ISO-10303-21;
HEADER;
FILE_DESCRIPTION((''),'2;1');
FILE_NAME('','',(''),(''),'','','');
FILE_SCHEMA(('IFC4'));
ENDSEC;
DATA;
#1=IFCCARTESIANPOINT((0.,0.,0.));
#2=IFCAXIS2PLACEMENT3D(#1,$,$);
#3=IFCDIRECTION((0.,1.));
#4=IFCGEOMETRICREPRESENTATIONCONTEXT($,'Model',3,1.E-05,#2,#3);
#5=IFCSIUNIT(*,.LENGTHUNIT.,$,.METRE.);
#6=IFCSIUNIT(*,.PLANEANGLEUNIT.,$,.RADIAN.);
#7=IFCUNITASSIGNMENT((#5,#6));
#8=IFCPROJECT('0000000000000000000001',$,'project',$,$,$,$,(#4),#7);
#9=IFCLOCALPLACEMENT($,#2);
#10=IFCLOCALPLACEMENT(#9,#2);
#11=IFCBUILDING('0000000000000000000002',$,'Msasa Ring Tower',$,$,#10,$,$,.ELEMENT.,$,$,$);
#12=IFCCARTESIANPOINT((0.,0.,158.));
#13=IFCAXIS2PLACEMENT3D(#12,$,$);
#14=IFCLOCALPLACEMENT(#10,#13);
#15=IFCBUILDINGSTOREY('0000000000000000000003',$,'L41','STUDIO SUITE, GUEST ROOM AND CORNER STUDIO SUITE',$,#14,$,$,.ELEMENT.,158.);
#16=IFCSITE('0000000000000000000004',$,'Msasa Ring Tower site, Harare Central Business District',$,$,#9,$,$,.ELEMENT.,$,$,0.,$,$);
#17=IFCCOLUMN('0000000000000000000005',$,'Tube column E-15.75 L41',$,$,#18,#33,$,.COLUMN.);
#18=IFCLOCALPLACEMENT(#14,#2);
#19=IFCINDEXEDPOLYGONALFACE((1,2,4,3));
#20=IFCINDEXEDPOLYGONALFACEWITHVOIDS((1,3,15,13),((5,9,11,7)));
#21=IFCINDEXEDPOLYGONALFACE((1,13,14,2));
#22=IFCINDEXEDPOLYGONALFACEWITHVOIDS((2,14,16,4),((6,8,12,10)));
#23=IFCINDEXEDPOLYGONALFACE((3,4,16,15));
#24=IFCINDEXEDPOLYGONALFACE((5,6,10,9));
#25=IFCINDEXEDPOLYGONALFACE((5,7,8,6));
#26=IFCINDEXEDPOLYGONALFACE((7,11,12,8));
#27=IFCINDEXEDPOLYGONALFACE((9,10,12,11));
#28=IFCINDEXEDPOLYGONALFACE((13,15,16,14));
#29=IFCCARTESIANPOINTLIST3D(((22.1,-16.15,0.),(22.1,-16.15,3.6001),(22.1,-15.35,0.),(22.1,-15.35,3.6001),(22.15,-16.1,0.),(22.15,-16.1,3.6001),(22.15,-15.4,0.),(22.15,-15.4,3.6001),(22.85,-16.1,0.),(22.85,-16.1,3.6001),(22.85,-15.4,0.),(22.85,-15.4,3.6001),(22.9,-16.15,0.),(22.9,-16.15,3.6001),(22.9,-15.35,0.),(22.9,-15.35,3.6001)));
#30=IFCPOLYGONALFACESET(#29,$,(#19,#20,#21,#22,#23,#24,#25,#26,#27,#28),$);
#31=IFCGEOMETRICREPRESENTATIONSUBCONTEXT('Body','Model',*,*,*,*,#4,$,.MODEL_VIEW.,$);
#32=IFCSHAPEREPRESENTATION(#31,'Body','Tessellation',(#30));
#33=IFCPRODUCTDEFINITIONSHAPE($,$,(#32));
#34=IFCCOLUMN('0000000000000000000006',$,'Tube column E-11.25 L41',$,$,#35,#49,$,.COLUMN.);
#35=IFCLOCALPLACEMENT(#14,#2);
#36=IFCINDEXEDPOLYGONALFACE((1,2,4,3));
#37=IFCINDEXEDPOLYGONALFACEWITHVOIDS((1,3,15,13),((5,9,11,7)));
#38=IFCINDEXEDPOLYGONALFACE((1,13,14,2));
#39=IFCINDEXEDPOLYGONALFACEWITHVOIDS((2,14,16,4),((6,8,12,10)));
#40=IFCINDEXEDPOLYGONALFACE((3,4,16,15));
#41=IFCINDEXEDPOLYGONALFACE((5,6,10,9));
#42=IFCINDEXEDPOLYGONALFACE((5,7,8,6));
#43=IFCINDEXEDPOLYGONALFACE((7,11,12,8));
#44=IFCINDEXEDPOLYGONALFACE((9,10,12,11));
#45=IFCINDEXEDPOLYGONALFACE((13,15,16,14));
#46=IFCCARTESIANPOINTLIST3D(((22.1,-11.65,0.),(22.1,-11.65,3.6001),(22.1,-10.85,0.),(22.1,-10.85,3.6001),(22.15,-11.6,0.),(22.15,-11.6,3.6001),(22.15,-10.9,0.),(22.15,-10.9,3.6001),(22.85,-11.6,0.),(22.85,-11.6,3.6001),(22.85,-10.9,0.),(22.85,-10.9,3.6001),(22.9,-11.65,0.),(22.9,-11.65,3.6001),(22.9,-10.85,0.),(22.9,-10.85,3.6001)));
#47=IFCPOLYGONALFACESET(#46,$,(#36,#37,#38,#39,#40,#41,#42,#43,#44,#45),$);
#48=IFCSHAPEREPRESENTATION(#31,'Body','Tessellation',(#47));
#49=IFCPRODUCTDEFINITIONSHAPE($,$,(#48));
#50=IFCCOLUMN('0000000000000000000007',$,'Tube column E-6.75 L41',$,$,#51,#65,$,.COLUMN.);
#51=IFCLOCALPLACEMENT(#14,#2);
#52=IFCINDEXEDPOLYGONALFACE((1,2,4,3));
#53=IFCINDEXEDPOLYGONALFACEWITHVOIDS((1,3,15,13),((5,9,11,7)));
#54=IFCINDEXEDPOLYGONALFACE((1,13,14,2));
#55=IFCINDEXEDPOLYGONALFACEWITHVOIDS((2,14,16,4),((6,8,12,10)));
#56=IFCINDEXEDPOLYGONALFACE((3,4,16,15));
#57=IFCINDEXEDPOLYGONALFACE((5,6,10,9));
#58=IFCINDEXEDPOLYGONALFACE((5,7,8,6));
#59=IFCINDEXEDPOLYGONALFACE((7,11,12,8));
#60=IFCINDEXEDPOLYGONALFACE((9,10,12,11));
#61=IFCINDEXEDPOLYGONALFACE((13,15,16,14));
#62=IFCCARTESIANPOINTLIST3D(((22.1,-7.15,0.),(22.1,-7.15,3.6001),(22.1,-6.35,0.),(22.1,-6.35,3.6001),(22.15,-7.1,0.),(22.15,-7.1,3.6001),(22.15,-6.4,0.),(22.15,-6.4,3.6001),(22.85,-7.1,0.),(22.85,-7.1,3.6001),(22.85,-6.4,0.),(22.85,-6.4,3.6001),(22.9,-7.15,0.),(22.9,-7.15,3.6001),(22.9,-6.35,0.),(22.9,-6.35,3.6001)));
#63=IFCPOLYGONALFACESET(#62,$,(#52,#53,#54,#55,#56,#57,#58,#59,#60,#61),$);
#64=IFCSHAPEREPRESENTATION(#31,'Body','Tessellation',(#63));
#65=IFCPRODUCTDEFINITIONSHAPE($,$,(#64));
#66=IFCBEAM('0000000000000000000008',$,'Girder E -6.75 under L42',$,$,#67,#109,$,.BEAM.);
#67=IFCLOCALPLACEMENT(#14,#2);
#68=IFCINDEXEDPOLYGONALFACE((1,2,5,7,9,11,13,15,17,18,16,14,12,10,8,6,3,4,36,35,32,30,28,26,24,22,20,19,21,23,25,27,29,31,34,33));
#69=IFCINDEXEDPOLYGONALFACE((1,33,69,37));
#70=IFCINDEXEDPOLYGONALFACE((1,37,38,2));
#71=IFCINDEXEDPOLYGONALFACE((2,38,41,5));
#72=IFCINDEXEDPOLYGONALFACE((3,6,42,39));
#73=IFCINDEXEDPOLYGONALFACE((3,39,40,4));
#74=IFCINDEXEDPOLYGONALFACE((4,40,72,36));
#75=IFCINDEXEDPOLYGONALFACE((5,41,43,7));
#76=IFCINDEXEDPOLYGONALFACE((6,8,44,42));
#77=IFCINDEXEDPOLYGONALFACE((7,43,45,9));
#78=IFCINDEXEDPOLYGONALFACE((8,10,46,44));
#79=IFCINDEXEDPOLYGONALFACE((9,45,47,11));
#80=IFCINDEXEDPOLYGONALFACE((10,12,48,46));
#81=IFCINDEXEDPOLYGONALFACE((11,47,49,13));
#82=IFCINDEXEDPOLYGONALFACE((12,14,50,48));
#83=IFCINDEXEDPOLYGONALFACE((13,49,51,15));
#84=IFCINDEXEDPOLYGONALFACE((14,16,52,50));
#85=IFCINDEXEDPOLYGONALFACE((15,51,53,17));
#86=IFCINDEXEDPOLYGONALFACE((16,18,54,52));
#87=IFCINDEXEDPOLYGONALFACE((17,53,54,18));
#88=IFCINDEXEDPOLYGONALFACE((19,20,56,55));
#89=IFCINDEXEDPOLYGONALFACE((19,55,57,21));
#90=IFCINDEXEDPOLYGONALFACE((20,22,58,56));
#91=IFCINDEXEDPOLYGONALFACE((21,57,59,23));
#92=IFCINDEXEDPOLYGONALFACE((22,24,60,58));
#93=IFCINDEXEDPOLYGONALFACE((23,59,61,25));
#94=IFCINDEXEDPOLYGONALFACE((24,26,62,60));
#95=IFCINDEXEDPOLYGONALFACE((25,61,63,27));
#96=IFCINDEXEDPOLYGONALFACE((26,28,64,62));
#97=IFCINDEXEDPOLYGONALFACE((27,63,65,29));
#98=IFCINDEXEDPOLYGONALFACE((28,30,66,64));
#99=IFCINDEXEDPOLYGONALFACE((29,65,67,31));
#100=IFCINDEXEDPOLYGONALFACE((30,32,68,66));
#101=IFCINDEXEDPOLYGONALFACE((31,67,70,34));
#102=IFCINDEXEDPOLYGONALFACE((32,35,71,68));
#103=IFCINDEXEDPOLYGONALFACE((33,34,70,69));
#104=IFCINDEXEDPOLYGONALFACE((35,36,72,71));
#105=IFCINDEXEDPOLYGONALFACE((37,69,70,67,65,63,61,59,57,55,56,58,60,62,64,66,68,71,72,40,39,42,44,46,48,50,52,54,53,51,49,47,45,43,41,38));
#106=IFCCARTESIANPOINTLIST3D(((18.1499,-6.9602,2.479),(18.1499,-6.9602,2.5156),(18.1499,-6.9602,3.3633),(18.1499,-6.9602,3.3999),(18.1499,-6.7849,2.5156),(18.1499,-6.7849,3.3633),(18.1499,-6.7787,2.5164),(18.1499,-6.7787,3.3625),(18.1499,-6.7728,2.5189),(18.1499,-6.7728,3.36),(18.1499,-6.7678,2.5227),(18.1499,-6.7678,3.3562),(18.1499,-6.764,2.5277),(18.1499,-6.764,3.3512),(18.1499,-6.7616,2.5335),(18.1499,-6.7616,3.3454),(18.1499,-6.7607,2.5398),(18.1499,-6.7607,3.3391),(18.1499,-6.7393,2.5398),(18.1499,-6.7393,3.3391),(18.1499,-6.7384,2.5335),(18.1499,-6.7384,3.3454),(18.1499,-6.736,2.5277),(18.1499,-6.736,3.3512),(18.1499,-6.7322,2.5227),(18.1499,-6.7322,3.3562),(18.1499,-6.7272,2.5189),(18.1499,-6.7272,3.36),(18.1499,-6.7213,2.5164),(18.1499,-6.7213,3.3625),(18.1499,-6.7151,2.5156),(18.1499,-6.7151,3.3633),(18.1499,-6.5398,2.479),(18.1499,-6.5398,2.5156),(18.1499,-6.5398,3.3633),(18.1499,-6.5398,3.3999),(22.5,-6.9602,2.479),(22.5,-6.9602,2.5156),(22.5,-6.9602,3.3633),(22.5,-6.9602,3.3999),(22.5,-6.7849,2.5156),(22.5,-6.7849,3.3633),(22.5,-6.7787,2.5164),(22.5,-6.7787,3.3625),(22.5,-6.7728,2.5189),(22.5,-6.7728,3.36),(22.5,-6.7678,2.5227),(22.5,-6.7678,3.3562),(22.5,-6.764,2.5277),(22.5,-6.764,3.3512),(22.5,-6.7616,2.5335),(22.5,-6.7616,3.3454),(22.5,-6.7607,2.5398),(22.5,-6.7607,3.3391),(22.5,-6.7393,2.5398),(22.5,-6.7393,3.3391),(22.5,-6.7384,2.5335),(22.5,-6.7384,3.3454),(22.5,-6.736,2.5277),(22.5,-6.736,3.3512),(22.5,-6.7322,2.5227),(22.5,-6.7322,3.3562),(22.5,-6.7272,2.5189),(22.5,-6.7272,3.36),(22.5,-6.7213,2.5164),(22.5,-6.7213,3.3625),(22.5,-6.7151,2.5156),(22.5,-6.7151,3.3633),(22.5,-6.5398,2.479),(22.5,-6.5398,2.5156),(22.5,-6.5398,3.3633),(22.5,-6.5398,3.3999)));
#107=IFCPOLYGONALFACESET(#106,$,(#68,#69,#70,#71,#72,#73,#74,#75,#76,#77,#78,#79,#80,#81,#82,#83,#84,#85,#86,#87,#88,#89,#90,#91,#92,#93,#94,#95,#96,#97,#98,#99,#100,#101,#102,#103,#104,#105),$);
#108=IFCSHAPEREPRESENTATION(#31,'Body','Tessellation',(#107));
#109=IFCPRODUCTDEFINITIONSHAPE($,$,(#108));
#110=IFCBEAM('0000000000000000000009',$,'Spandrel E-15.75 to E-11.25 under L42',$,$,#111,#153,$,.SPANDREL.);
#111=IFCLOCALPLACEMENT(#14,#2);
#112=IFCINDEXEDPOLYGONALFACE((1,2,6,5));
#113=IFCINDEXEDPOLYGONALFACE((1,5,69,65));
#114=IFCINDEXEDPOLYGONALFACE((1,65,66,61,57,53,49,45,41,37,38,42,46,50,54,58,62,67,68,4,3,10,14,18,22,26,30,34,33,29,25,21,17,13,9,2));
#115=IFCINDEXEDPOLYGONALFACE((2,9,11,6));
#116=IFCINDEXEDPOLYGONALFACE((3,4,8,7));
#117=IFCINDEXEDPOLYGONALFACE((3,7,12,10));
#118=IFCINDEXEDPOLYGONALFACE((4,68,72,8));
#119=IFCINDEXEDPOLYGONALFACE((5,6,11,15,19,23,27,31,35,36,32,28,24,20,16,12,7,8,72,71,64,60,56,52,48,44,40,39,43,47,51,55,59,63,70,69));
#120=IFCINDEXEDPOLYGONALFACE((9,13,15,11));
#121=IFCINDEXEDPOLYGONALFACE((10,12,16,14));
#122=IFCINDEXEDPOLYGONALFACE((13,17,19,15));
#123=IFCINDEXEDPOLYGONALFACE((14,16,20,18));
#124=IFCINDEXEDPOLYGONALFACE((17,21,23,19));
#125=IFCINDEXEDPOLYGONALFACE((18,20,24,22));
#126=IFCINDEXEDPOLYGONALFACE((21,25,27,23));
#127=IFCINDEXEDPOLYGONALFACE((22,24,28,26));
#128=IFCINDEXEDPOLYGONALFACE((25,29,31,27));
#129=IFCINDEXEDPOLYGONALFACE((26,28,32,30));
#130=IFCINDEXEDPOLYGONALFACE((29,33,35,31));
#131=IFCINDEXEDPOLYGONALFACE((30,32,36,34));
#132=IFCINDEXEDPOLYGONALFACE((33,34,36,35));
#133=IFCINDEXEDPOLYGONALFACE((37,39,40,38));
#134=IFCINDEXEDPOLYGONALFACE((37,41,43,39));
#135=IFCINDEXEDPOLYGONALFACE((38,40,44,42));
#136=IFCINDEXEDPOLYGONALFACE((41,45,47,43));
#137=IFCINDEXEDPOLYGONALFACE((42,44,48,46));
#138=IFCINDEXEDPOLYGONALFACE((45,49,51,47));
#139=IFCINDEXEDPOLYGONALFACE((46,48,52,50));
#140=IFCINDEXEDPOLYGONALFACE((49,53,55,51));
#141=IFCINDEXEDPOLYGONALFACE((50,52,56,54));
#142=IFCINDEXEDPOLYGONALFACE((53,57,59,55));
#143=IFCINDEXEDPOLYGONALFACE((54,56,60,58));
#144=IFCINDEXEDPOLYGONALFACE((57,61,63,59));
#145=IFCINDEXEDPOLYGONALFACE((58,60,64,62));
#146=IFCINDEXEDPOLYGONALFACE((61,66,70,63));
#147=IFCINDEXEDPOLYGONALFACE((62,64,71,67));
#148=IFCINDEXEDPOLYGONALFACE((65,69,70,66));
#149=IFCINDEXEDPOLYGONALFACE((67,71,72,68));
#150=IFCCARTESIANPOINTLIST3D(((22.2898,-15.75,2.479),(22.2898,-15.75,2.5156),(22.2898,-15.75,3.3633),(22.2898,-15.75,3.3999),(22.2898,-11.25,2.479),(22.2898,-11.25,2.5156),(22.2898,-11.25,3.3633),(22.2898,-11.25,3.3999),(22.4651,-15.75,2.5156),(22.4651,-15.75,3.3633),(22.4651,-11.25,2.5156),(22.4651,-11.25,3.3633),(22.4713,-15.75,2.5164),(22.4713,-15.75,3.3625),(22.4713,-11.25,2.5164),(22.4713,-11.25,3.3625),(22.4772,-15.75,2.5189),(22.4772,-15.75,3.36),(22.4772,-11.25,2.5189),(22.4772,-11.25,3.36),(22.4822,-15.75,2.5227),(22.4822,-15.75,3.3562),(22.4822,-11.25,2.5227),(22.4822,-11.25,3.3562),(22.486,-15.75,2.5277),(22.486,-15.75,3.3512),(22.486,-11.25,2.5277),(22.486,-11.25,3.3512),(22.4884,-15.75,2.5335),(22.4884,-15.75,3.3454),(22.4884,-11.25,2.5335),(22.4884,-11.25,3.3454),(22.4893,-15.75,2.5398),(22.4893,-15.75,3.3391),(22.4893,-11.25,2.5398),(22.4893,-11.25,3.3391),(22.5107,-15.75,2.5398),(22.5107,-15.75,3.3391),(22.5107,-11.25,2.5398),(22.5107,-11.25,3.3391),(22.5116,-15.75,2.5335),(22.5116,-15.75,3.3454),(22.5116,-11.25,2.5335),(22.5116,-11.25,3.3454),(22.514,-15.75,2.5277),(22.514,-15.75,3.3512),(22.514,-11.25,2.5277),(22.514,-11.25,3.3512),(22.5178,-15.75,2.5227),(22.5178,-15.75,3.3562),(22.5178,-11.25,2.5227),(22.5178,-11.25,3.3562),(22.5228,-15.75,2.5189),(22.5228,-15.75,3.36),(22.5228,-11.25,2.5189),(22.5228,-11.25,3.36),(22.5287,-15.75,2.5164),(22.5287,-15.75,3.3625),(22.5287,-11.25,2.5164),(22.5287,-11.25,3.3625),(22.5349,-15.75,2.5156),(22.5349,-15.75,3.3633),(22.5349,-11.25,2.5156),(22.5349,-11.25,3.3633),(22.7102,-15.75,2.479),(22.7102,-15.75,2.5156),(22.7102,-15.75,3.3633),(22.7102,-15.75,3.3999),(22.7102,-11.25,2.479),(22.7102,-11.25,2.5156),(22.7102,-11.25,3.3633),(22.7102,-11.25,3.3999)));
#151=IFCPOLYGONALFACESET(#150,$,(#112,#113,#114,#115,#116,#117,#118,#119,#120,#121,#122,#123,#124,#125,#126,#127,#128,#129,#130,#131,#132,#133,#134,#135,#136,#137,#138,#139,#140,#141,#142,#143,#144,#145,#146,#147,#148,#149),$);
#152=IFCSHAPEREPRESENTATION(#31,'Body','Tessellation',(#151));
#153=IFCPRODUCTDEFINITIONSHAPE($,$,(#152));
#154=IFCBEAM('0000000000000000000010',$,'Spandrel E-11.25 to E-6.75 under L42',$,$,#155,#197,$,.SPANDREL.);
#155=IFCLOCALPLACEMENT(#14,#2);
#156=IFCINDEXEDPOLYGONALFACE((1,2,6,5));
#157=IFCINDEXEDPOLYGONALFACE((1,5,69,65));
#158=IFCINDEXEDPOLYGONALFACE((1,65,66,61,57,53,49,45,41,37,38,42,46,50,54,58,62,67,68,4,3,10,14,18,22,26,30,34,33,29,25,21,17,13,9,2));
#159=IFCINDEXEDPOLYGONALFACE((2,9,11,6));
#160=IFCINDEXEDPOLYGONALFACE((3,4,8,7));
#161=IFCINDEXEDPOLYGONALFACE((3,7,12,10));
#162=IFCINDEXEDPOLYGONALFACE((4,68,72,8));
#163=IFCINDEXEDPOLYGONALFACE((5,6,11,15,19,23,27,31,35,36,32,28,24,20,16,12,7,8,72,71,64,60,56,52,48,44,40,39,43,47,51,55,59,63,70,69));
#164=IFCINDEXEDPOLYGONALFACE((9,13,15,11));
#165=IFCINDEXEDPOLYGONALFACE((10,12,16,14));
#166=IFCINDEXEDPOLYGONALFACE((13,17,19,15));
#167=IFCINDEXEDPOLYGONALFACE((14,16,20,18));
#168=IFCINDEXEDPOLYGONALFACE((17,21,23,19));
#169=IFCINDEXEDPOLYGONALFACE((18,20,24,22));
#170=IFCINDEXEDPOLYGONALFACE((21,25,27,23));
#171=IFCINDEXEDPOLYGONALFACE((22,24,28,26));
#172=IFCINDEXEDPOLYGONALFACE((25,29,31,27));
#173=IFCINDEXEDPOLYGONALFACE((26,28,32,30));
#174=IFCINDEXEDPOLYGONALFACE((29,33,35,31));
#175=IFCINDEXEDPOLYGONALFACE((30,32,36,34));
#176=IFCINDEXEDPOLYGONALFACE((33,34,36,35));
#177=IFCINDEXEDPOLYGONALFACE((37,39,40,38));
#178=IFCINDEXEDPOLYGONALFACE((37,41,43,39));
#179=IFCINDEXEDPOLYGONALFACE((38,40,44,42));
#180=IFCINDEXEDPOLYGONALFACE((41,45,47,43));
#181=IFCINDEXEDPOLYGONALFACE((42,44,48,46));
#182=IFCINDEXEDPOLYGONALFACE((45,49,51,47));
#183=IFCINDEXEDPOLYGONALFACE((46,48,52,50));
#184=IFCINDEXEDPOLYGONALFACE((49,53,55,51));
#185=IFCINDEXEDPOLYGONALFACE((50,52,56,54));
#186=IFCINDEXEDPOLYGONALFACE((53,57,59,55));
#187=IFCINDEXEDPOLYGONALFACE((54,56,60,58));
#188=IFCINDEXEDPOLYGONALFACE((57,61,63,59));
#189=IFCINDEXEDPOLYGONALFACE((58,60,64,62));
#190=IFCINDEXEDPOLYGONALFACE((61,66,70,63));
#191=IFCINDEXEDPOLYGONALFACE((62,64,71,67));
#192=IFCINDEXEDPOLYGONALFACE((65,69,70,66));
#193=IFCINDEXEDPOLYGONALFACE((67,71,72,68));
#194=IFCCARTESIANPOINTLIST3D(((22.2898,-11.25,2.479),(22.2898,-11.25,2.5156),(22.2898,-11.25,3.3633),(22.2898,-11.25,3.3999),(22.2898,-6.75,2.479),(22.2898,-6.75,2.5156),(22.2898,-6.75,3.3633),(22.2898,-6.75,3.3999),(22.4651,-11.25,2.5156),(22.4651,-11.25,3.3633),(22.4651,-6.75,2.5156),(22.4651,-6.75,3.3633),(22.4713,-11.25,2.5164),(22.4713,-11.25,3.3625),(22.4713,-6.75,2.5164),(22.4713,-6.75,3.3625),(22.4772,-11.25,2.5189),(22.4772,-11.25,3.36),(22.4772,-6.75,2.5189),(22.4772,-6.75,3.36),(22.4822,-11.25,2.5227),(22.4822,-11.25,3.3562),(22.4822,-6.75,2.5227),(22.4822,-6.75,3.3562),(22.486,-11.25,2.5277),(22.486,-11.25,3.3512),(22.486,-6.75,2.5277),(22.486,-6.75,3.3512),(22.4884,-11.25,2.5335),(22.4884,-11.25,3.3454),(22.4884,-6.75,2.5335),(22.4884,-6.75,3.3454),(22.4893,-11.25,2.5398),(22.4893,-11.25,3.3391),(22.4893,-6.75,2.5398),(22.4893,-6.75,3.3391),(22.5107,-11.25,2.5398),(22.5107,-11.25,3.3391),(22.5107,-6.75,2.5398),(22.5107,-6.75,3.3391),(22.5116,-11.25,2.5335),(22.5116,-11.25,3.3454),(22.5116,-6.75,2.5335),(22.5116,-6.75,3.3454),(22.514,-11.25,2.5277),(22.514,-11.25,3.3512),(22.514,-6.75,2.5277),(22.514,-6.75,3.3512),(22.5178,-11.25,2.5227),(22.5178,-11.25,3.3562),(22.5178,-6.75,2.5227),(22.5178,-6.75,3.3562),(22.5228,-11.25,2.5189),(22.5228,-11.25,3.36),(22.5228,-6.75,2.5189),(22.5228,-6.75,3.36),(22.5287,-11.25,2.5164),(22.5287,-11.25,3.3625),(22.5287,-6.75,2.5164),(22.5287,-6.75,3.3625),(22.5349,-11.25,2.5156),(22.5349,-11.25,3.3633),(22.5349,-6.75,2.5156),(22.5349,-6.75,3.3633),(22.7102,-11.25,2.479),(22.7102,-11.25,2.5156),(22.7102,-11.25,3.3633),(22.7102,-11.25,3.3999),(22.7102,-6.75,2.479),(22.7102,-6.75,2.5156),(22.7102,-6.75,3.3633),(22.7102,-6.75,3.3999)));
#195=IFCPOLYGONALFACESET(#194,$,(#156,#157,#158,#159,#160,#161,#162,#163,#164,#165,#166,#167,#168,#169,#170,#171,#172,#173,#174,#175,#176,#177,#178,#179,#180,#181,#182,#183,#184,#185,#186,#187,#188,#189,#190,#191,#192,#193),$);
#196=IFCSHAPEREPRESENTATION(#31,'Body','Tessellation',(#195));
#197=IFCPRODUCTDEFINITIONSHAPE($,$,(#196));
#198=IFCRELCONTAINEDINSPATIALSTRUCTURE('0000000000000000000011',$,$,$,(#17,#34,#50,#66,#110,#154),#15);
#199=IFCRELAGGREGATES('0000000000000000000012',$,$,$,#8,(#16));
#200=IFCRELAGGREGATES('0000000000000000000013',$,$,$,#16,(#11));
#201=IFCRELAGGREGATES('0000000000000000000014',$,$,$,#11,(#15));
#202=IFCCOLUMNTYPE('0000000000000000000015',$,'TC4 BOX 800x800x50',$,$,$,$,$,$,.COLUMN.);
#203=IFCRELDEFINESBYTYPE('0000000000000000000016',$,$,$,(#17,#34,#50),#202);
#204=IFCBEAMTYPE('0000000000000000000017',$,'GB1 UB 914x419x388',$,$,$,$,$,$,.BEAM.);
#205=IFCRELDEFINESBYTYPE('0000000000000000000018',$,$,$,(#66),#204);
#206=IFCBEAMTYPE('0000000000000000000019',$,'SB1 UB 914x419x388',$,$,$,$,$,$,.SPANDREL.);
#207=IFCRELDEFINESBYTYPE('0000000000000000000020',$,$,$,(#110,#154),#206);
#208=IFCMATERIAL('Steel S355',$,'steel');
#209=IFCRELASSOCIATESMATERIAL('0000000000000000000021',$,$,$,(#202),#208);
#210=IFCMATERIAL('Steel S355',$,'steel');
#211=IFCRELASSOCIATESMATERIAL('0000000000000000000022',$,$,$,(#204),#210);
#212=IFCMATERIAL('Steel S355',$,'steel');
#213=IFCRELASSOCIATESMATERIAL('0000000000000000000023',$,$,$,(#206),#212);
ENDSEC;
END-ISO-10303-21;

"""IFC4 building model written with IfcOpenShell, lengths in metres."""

from ifc_helpers import new_model, si_unit, direction, frame, origin, origin_2d, place, context, subcontext, project, spatial, hollow_rectangle, i_section, extrude, material, material_profile, profile_set, type_object, element, save


model = new_model("IFC4")

# Units and contexts
model_context = context("Model", 3, precision=1e-05, world=origin(), true_north=direction((0.0, 1.0)))
body_context = subcontext(model_context, "Body", "Model", "MODEL_VIEW")
ifc_project = project(units=[si_unit("LENGTHUNIT", "METRE"), si_unit("PLANEANGLEUNIT", "RADIAN")], contexts=[model_context])

# Site, building, storey
site_placement = place(None, origin())
site = spatial("IfcSite", under=ifc_project, at=site_placement, Name="Msasa Ring Tower site, Harare Central Business District", CompositionType="ELEMENT", RefElevation=0.0)
building_placement = place(site_placement, origin())
building = spatial("IfcBuilding", under=site, at=building_placement, Name="Msasa Ring Tower", CompositionType="ELEMENT")
storey_placement = place(building_placement, frame((0.0, 0.0, 158.0)))
storey = spatial("IfcBuildingStorey", under=building, at=storey_placement, Name="L41", Description="STUDIO SUITE, GUEST ROOM AND CORNER STUDIO SUITE", CompositionType="ELEMENT", Elevation=158.0)

# Columns
ifc_material_1 = material(Name="Steel S355", Category="steel")
ifc_material_profile_1 = material_profile(ifc_material_1, hollow_rectangle(XDim=0.8, YDim=0.8, WallThickness=0.05, at=origin_2d()), Name="BOX 800x800x50")
ifc_profile_set_1 = profile_set([ifc_material_profile_1], Name="Steel S355")
column_type = type_object("IfcColumnType", Name="TC4 BOX 800x800x50", PredefinedType="COLUMN", material=ifc_profile_set_1)
for number, where, z_axis, x_axis, name in (
    (1, (22.5, -15.75, 0.0), (0.0, 0.0, 1.0), (1.0, 0.0, 0.0), "Tube column E-15.75 L41"),
    (2, (22.5, -11.25, 0.0), (0.0, 0.0, 1.0), (1.0, 0.0, 0.0), "Tube column E-11.25 L41"),
    (3, (22.5, -6.75, 0.0), (0.0, 0.0, 1.0), (1.0, 0.0, 0.0), "Tube column E-6.75 L41"),
):
    element("IfcColumn", number, at=place(storey_placement, frame(where, z_axis=z_axis, x_axis=x_axis)), inside=storey, type_object=column_type, Name=name, PredefinedType="COLUMN", context=body_context, shape_type="SweptSolid", body=[
        extrude(hollow_rectangle(XDim=0.8, YDim=0.8, WallThickness=0.05, at=origin_2d()), origin(), (0.0, 0.0, 1.0), 3.6001),
    ])

# Beams
ifc_material_2 = material(Name="Steel S355", Category="steel")
ifc_material_profile_2 = material_profile(ifc_material_2, i_section(OverallWidth=0.4204, OverallDepth=0.9209, WebThickness=0.0215, FlangeThickness=0.0366, FilletRadius=0.0242, at=origin_2d()), Name="UB 914x419x388")
ifc_profile_set_2 = profile_set([ifc_material_profile_2], Name="Steel S355")
beam_type_1 = type_object("IfcBeamType", Name="GB1 UB 914x419x388", PredefinedType="BEAM", material=ifc_profile_set_2)
beam_placement = place(storey_placement, frame((18.1499, -6.75, 2.9395), z_axis=(1.0, 0.0, 0.0), x_axis=(0.0, 1.0, 0.0)))
element("IfcBeam", 4, at=beam_placement, inside=storey, type_object=beam_type_1, Name="Girder E -6.75 under L42", PredefinedType="BEAM", context=body_context, shape_type="SweptSolid", body=[
    extrude(i_section(OverallWidth=0.4204, OverallDepth=0.9209, WebThickness=0.0215, FlangeThickness=0.0366, FilletRadius=0.0242, at=origin_2d()), origin(), (0.0, 0.0, 1.0), 4.3501),
])
ifc_material_3 = material(Name="Steel S355", Category="steel")
ifc_material_profile_3 = material_profile(ifc_material_3, i_section(OverallWidth=0.4204, OverallDepth=0.9209, WebThickness=0.0215, FlangeThickness=0.0366, FilletRadius=0.0242, at=origin_2d()), Name="UB 914x419x388")
ifc_profile_set_3 = profile_set([ifc_material_profile_3], Name="Steel S355")
beam_type_2 = type_object("IfcBeamType", Name="SB1 UB 914x419x388", PredefinedType="SPANDREL", material=ifc_profile_set_3)
for number, where, z_axis, x_axis, name in (
    (5, (22.5, -15.75, 2.9395), (0.0, 1.0, 0.0), (-1.0, 0.0, 0.0), "Spandrel E-15.75 to E-11.25 under L42"),
    (6, (22.5, -11.25, 2.9395), (0.0, 1.0, 0.0), (-1.0, 0.0, 0.0), "Spandrel E-11.25 to E-6.75 under L42"),
):
    element("IfcBeam", number, at=place(storey_placement, frame(where, z_axis=z_axis, x_axis=x_axis)), inside=storey, type_object=beam_type_2, Name=name, PredefinedType="SPANDREL", context=body_context, shape_type="SweptSolid", body=[
        extrude(i_section(OverallWidth=0.4204, OverallDepth=0.9209, WebThickness=0.0215, FlangeThickness=0.0366, FilletRadius=0.0242, at=origin_2d()), origin(), (0.0, 0.0, 1.0), 4.5),
    ])

save(model, "model.ifc")
